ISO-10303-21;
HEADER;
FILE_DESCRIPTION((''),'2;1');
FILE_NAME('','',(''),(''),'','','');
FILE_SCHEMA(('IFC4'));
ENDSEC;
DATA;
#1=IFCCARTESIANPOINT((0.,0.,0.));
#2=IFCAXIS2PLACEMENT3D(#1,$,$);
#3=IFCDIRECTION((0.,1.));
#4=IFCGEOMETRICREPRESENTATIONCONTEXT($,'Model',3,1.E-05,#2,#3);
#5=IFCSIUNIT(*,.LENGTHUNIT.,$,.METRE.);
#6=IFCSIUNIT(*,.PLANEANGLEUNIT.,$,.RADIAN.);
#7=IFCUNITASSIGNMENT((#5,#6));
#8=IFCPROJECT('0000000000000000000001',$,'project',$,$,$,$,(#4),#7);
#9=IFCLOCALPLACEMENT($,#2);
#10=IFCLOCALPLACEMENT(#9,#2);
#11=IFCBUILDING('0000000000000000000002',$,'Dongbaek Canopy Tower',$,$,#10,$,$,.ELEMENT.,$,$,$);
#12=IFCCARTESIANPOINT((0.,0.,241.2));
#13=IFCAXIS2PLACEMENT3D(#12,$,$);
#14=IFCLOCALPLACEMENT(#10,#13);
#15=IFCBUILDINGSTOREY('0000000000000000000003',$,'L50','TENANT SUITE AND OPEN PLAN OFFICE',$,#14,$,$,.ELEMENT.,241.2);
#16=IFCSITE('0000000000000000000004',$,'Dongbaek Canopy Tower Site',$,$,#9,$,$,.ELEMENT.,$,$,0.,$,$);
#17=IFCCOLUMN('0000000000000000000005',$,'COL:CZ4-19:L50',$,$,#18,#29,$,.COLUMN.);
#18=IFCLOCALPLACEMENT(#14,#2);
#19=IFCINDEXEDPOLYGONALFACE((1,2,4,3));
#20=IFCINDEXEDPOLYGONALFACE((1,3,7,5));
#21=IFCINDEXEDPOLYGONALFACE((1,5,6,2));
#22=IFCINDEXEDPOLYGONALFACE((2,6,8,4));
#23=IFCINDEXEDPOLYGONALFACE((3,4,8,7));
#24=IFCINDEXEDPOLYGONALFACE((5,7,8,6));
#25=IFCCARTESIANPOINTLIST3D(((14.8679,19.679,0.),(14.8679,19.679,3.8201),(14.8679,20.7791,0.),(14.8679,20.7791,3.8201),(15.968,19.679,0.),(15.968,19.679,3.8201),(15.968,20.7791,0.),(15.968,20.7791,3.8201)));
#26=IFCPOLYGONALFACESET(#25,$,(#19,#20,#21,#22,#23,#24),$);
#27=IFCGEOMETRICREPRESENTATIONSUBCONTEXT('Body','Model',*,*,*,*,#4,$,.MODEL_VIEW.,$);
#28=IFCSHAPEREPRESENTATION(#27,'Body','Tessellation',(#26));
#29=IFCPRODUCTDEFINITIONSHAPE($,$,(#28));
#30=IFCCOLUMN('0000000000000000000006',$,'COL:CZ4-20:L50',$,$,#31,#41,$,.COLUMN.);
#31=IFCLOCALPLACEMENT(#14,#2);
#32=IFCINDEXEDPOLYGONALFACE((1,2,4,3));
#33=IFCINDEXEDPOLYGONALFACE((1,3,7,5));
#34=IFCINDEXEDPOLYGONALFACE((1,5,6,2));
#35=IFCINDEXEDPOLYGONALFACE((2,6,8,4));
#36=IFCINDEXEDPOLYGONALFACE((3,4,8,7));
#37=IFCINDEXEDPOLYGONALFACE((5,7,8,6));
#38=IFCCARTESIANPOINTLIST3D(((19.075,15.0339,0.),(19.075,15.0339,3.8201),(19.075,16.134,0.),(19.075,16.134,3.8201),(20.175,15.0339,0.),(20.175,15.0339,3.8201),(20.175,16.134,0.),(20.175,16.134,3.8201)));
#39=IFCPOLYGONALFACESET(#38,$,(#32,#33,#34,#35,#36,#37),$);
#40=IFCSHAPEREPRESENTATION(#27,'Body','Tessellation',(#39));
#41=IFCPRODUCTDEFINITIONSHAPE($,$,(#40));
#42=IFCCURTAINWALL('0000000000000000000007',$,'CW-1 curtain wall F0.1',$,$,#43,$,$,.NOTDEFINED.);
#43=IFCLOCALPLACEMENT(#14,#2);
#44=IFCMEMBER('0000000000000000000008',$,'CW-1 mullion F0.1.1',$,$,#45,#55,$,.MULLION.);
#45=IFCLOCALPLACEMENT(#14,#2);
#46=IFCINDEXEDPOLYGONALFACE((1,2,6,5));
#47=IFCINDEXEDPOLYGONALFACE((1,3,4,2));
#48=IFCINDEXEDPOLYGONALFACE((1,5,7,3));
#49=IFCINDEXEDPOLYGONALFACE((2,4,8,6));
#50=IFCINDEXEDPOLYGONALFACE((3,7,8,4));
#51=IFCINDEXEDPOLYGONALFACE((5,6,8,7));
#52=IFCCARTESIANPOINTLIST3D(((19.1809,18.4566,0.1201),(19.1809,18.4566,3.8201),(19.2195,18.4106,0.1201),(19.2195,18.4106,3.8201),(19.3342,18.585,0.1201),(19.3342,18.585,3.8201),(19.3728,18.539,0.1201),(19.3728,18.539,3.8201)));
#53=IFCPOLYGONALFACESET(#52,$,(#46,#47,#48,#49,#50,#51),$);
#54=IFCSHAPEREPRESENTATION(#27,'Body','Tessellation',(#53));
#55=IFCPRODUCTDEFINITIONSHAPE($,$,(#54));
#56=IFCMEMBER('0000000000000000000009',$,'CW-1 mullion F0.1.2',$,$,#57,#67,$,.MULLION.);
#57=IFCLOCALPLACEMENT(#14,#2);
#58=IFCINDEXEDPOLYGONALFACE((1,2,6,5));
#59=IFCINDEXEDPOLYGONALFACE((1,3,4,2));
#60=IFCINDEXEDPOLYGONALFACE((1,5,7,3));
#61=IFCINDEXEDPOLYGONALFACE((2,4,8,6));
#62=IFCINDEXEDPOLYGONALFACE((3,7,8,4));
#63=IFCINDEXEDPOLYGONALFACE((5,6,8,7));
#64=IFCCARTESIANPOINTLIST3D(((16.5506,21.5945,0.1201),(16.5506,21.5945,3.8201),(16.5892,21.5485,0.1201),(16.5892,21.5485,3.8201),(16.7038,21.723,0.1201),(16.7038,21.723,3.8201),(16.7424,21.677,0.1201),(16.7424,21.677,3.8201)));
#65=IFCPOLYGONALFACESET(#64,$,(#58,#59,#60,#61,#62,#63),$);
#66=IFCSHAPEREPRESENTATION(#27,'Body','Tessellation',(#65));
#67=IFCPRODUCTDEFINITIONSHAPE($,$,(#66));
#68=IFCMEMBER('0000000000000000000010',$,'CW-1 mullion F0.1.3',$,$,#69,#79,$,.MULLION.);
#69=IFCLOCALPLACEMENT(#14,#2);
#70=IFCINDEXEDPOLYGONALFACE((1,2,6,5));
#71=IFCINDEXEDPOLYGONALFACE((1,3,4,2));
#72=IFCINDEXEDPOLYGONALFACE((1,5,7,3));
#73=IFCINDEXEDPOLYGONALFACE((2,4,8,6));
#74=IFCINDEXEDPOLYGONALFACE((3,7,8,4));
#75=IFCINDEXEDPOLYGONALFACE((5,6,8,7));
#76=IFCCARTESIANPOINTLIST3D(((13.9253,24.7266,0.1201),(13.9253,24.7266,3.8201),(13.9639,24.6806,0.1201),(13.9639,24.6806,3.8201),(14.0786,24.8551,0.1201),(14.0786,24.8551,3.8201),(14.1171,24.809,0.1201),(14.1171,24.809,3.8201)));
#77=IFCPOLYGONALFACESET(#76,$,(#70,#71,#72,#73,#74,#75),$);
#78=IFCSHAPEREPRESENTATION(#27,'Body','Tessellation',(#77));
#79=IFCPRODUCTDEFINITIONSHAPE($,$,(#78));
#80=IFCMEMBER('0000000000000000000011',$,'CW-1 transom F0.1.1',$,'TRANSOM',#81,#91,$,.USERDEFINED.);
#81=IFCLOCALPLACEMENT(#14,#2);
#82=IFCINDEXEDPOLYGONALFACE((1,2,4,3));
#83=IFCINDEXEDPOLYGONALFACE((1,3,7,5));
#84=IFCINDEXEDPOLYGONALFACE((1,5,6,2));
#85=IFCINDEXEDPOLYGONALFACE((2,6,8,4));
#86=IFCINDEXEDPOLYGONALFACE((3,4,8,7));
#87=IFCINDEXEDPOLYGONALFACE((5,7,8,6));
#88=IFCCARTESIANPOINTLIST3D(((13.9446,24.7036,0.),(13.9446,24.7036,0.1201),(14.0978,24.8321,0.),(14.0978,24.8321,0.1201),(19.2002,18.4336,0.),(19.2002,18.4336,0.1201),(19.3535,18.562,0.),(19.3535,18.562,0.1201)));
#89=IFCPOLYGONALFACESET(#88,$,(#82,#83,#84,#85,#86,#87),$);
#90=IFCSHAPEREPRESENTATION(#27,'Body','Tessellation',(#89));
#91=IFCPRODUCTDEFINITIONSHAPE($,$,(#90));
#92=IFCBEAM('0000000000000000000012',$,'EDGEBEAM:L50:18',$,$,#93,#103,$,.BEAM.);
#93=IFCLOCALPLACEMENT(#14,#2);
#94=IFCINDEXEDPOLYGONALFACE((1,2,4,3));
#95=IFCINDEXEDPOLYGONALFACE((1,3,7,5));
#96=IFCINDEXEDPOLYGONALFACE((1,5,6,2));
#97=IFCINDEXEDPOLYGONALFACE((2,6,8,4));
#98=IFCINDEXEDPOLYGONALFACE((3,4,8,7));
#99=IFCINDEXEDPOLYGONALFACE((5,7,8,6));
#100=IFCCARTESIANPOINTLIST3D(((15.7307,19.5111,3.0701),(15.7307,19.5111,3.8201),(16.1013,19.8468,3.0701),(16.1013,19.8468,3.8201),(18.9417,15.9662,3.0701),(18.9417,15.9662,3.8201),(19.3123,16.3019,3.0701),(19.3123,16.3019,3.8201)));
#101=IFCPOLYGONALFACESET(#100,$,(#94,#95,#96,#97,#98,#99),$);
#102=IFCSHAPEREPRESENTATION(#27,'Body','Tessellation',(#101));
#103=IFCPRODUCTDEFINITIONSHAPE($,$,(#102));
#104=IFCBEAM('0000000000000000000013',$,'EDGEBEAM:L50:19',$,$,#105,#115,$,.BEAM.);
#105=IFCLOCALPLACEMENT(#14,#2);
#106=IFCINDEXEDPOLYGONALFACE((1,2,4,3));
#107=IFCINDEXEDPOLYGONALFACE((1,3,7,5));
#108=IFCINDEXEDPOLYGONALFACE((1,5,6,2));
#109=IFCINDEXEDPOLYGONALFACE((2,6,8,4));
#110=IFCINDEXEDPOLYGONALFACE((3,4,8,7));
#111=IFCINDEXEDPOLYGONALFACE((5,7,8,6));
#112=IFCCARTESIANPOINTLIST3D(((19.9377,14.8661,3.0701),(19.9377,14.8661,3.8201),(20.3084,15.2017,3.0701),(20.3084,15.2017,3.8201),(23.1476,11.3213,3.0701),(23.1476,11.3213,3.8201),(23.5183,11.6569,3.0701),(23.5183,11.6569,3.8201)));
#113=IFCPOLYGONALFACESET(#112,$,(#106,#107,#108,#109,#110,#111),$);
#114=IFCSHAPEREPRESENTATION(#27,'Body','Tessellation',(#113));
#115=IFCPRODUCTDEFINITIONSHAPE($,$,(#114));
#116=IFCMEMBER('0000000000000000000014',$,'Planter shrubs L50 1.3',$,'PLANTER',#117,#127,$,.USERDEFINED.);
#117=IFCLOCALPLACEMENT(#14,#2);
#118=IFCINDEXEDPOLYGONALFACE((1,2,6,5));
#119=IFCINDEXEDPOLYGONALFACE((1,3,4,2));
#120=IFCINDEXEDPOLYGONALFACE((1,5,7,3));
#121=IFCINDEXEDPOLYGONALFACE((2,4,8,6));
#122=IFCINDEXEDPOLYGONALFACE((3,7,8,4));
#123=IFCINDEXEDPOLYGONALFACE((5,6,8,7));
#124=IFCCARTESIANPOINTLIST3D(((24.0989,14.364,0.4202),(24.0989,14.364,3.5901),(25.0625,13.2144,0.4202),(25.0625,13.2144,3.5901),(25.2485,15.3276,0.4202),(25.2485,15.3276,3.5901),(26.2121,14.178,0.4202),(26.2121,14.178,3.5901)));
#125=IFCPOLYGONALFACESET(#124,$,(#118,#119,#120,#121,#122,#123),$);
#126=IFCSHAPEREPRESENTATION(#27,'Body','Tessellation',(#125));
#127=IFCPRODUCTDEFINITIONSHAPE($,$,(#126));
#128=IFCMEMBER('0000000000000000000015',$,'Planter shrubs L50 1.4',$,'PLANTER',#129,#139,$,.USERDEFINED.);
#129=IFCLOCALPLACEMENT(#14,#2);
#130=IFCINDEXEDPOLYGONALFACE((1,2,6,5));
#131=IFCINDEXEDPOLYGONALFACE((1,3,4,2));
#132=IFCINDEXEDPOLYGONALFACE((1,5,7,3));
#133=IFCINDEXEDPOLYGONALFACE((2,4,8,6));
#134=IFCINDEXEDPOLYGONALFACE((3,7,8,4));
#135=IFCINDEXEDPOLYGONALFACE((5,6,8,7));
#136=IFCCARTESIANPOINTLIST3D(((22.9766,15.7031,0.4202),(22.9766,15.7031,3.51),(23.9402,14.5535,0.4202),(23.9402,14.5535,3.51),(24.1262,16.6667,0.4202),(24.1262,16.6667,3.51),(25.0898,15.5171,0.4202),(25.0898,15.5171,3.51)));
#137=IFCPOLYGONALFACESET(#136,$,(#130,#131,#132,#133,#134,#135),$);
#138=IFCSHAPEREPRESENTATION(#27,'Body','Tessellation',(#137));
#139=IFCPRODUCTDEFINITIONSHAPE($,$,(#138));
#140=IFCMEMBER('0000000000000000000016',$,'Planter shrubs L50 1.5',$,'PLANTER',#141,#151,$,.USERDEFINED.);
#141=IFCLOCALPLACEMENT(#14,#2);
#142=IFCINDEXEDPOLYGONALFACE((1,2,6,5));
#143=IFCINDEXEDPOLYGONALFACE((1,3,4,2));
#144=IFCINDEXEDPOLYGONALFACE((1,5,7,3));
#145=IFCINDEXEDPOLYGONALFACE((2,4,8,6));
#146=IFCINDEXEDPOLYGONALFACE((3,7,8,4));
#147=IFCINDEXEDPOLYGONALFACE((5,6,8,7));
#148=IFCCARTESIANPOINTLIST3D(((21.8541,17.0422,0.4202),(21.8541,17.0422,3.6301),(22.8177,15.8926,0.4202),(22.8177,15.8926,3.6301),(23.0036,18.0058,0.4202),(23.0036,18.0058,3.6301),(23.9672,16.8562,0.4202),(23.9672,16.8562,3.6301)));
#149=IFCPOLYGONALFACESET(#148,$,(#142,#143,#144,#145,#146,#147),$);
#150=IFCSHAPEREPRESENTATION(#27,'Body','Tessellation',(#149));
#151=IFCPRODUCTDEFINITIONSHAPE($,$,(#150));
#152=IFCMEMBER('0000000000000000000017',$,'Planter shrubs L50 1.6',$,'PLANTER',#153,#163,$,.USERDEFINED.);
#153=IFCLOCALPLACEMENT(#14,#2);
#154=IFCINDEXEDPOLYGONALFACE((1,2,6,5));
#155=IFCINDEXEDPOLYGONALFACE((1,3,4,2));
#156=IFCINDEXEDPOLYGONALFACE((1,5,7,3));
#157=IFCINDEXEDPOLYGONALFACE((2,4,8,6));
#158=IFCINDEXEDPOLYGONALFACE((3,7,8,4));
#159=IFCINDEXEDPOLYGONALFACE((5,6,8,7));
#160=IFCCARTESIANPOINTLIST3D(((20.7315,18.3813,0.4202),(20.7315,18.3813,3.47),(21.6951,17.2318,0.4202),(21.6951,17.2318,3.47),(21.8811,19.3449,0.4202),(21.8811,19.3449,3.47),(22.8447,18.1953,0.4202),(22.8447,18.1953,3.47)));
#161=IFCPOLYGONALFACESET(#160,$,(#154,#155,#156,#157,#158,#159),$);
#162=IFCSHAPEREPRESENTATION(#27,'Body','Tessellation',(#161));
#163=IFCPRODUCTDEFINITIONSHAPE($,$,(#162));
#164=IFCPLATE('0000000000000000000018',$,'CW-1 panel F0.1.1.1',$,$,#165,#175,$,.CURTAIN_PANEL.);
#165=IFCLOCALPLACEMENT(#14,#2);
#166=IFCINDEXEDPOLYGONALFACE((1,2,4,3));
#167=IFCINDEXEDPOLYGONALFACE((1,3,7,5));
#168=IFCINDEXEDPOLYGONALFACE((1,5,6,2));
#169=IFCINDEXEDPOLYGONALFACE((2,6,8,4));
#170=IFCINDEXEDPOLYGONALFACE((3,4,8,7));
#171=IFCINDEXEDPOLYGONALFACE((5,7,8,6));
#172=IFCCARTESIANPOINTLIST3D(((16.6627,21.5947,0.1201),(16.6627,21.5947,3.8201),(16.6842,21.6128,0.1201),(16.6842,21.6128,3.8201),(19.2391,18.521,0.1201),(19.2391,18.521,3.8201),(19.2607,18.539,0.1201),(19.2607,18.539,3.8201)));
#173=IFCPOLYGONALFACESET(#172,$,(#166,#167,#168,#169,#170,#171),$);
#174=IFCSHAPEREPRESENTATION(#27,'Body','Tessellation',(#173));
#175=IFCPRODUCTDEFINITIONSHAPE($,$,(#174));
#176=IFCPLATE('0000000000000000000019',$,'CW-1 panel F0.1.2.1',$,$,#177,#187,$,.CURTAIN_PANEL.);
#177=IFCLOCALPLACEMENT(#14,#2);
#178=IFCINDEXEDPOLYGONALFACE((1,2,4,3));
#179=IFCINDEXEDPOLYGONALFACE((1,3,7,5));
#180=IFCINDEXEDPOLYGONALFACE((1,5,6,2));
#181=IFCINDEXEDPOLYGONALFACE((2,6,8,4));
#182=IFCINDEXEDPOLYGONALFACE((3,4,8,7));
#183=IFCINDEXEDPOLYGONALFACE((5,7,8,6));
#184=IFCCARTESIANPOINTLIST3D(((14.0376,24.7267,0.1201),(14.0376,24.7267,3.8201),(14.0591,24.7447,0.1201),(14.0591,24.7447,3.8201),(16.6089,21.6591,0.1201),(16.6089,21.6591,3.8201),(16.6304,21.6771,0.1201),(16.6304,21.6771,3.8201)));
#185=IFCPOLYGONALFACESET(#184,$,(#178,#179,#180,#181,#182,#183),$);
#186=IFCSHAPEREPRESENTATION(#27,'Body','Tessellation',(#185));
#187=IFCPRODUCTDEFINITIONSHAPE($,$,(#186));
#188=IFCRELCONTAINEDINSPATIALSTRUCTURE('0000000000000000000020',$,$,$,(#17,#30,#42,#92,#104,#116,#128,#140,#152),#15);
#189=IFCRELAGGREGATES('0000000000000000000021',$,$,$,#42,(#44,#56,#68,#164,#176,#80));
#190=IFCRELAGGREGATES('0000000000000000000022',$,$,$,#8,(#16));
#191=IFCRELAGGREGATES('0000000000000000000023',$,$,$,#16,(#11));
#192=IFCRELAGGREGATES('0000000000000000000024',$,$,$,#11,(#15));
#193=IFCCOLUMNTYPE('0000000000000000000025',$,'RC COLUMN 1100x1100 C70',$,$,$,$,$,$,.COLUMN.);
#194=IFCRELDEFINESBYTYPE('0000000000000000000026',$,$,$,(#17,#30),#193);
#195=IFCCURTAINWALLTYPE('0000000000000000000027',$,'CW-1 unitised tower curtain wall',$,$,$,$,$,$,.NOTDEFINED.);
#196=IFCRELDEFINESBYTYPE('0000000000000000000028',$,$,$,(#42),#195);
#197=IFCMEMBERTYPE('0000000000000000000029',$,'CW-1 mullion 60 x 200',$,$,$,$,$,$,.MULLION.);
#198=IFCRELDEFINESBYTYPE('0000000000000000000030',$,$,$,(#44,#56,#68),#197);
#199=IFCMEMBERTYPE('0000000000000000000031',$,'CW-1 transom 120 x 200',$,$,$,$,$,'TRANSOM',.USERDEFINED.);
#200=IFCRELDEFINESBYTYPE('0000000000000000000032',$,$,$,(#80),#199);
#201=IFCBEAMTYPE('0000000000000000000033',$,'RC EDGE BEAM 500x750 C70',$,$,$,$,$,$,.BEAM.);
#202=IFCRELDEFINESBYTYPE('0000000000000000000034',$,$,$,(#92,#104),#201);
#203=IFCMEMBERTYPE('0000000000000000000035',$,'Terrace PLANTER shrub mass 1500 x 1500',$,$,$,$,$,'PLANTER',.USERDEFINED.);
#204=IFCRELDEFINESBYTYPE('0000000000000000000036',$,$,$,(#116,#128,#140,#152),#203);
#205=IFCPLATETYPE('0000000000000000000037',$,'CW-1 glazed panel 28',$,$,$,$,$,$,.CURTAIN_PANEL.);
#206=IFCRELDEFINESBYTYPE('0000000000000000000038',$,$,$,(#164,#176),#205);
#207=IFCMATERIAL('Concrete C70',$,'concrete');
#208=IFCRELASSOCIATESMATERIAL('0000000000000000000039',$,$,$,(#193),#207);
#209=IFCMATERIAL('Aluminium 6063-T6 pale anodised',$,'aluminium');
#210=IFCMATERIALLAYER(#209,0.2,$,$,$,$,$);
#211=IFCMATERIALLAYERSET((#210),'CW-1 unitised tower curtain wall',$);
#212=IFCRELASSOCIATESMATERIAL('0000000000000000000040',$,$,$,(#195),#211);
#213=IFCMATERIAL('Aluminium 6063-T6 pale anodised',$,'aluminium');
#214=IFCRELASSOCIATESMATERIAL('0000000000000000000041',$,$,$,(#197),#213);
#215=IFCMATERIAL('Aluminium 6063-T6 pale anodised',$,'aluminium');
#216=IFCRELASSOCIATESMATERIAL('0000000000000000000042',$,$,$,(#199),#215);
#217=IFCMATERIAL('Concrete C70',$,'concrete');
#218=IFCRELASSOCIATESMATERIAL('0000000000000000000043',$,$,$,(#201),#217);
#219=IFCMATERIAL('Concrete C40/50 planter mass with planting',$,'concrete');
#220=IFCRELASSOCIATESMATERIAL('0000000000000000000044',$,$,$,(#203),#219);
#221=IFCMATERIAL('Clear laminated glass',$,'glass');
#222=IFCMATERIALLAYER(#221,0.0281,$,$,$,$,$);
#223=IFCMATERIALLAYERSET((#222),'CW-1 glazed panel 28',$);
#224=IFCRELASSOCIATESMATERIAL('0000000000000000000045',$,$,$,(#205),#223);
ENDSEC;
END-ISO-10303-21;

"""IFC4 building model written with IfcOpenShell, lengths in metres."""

from ifc_helpers import new_model, si_unit, direction, frame, origin, origin_2d, place, context, subcontext, project, spatial, rectangle, extrude, material, layer, layer_set, material_profile, profile_set, type_object, element, aggregate, save


model = new_model("IFC4")

# Units and contexts
model_context = context("Model", 3, precision=1e-05, world=origin(), true_north=direction((0.0, 1.0)))
body_context = subcontext(model_context, "Body", "Model", "MODEL_VIEW")
ifc_project = project(units=[si_unit("LENGTHUNIT", "METRE"), si_unit("PLANEANGLEUNIT", "RADIAN")], contexts=[model_context])

# Site, building, storey
site_placement = place(None, origin())
site = spatial("IfcSite", under=ifc_project, at=site_placement, Name="Dongbaek Canopy Tower Site", CompositionType="ELEMENT", RefElevation=0.0)
building_placement = place(site_placement, origin())
building = spatial("IfcBuilding", under=site, at=building_placement, Name="Dongbaek Canopy Tower", CompositionType="ELEMENT")
storey_placement = place(building_placement, frame((0.0, 0.0, 241.2)))
storey = spatial("IfcBuildingStorey", under=building, at=storey_placement, Name="L50", Description="TENANT SUITE AND OPEN PLAN OFFICE", CompositionType="ELEMENT", Elevation=241.2)

# Columns
ifc_material_1 = material(Name="Concrete C70", Category="concrete")
ifc_material_profile_1 = material_profile(ifc_material_1, rectangle(XDim=1.1001, YDim=1.1001, at=origin_2d()), Name="RC COLUMN 1100x1100 C70")
ifc_profile_set_1 = profile_set([ifc_material_profile_1], Name="Concrete C70")
column_type = type_object("IfcColumnType", Name="RC COLUMN 1100x1100 C70", PredefinedType="COLUMN", material=ifc_profile_set_1)
for number, where, z_axis, x_axis, name in (
    (1, (15.418, 20.229, 0.0), (0.0, 0.0, 1.0), (1.0, 0.0, 0.0), "COL:CZ4-19:L50"),
    (2, (19.625, 15.584, 0.0), (0.0, 0.0, 1.0), (1.0, 0.0, 0.0), "COL:CZ4-20:L50"),
):
    element("IfcColumn", number, at=place(storey_placement, frame(where, z_axis=z_axis, x_axis=x_axis)), inside=storey, type_object=column_type, Name=name, PredefinedType="COLUMN", context=body_context, shape_type="SweptSolid", body=[
        extrude(rectangle(XDim=1.1001, YDim=1.1001, at=origin_2d()), origin(), (0.0, 0.0, 1.0), 3.8201),
    ])

# Curtain wall, members
ifc_material_2 = material(Name="Aluminium 6063-T6 pale anodised", Category="aluminium")
ifc_layer_1 = layer(ifc_material_2, 0.2)
ifc_layer_set_1 = layer_set([ifc_layer_1], Name="CW-1 unitised tower curtain wall")
curtain_wall_type = type_object("IfcCurtainWallType", Name="CW-1 unitised tower curtain wall", PredefinedType="NOTDEFINED", material=ifc_layer_set_1)
curtain_wall_1_placement = place(storey_placement, origin())
curtain_wall_1 = element("IfcCurtainWall", 3, at=curtain_wall_1_placement, inside=storey, type_object=curtain_wall_type, Name="CW-1 curtain wall F0.1", PredefinedType="NOTDEFINED")
ifc_material_3 = material(Name="Aluminium 6063-T6 pale anodised", Category="aluminium")
ifc_material_profile_2 = material_profile(ifc_material_3, rectangle(XDim=0.2, YDim=0.0601, at=origin_2d()), Name="CW-1 mullion 60 x 200")
ifc_profile_set_2 = profile_set([ifc_material_profile_2], Name="Aluminium 6063-T6 pale anodised")
member_type_1 = type_object("IfcMemberType", Name="CW-1 mullion 60 x 200", PredefinedType="MULLION", material=ifc_profile_set_2)
member_1_placement = place(storey_placement, frame((19.2769, 18.4978, 0.1201), z_axis=(0.0, 0.0, 1.0), x_axis=(0.766375, 0.642393, 0.0)))
member_1 = element("IfcMember", 4, at=member_1_placement, type_object=member_type_1, Name="CW-1 mullion F0.1.1", PredefinedType="MULLION", context=body_context, shape_type="SweptSolid", body=[
    extrude(rectangle(XDim=0.2, YDim=0.0601, at=origin_2d()), origin(), (0.0, 0.0, 1.0), 3.7),
])
member_2_placement = place(storey_placement, frame((16.6465, 21.6357, 0.1201), z_axis=(0.0, 0.0, 1.0), x_axis=(0.766375, 0.642393, 0.0)))
member_2 = element("IfcMember", 5, at=member_2_placement, type_object=member_type_1, Name="CW-1 mullion F0.1.2", PredefinedType="MULLION", context=body_context, shape_type="SweptSolid", body=[
    extrude(rectangle(XDim=0.2, YDim=0.0601, at=origin_2d()), origin(), (0.0, 0.0, 1.0), 3.7),
])
member_3_placement = place(storey_placement, frame((14.0212, 24.7678, 0.1201), z_axis=(0.0, 0.0, 1.0), x_axis=(0.766375, 0.642393, 0.0)))
member_3 = element("IfcMember", 6, at=member_3_placement, type_object=member_type_1, Name="CW-1 mullion F0.1.3", PredefinedType="MULLION", context=body_context, shape_type="SweptSolid", body=[
    extrude(rectangle(XDim=0.2, YDim=0.0601, at=origin_2d()), origin(), (0.0, 0.0, 1.0), 3.7),
])
ifc_material_4 = material(Name="Aluminium 6063-T6 pale anodised", Category="aluminium")
ifc_material_profile_3 = material_profile(ifc_material_4, rectangle(XDim=0.2, YDim=0.1201, at=origin_2d()), Name="CW-1 transom 120 x 200")
ifc_profile_set_3 = profile_set([ifc_material_profile_3], Name="Aluminium 6063-T6 pale anodised")
member_type_2 = type_object("IfcMemberType", Name="CW-1 transom 120 x 200", ElementType="TRANSOM", PredefinedType="USERDEFINED", material=ifc_profile_set_3)
member_4_placement = place(storey_placement, frame((19.2769, 18.4978, 0.0601), z_axis=(-0.642389, 0.766379, 0.0), x_axis=(-0.766379, -0.642389, 0.0)))
member_4 = element("IfcMember", 7, at=member_4_placement, type_object=member_type_2, Name="CW-1 transom F0.1.1", ObjectType="TRANSOM", PredefinedType="USERDEFINED", context=body_context, shape_type="SweptSolid", body=[
    extrude(rectangle(XDim=0.2, YDim=0.1201, at=origin_2d()), origin(), (0.0, 0.0, 1.0), 8.1814),
])

# Beams
ifc_material_5 = material(Name="Concrete C70", Category="concrete")
ifc_material_profile_4 = material_profile(ifc_material_5, rectangle(XDim=0.5, YDim=0.75, at=origin_2d()), Name="RC EDGE BEAM 500x750 C70")
ifc_profile_set_4 = profile_set([ifc_material_profile_4], Name="Concrete C70")
beam_type = type_object("IfcBeamType", Name="RC EDGE BEAM 500x750 C70", PredefinedType="BEAM", material=ifc_profile_set_4)
beam_1_placement = place(storey_placement, frame((15.916, 19.679, 3.4451), z_axis=(0.67133, -0.741158, 0.0), x_axis=(0.741158, 0.67133, 0.0)))
element("IfcBeam", 8, at=beam_1_placement, inside=storey, type_object=beam_type, Name="EDGEBEAM:L50:18", PredefinedType="BEAM", context=body_context, shape_type="SweptSolid", body=[
    extrude(rectangle(XDim=0.5, YDim=0.75, at=origin_2d()), origin(), (0.0, 0.0, 1.0), 4.783),
])
beam_2_placement = place(storey_placement, frame((20.123, 15.0339, 3.4451), z_axis=(0.671218, -0.74126, 0.0), x_axis=(0.74126, 0.671218, 0.0)))
element("IfcBeam", 9, at=beam_2_placement, inside=storey, type_object=beam_type, Name="EDGEBEAM:L50:19", PredefinedType="BEAM", context=body_context, shape_type="SweptSolid", body=[
    extrude(rectangle(XDim=0.5, YDim=0.75, at=origin_2d()), origin(), (0.0, 0.0, 1.0), 4.7822),
])

# Members
ifc_material_6 = material(Name="Concrete C40/50 planter mass with planting", Category="concrete")
ifc_material_profile_5 = material_profile(ifc_material_6, rectangle(XDim=1.5, YDim=1.5, at=origin_2d()), Name="Terrace PLANTER shrub mass 1500 x 1500")
ifc_profile_set_5 = profile_set([ifc_material_profile_5], Name="Concrete C40/50 planter mass with planting")
member_type_3 = type_object("IfcMemberType", Name="Terrace PLANTER shrub mass 1500 x 1500", ElementType="PLANTER", PredefinedType="USERDEFINED", material=ifc_profile_set_5)
member_5_placement = place(storey_placement, frame((25.1555, 14.271, 0.4202), z_axis=(0.0, 0.0, 1.0), x_axis=(0.766375, 0.642393, 0.0)))
element("IfcMember", 10, at=member_5_placement, inside=storey, type_object=member_type_3, Name="Planter shrubs L50 1.3", ObjectType="PLANTER", PredefinedType="USERDEFINED", context=body_context, shape_type="SweptSolid", body=[
    extrude(rectangle(XDim=1.5, YDim=1.5, at=origin_2d()), origin(), (0.0, 0.0, 1.0), 3.1699),
])
member_6_placement = place(storey_placement, frame((24.0332, 15.6101, 0.4202), z_axis=(0.0, 0.0, 1.0), x_axis=(0.766375, 0.642393, 0.0)))
element("IfcMember", 11, at=member_6_placement, inside=storey, type_object=member_type_3, Name="Planter shrubs L50 1.4", ObjectType="PLANTER", PredefinedType="USERDEFINED", context=body_context, shape_type="SweptSolid", body=[
    extrude(rectangle(XDim=1.5, YDim=1.5, at=origin_2d()), origin(), (0.0, 0.0, 1.0), 3.0898),
])
member_7_placement = place(storey_placement, frame((22.9106, 16.9492, 0.4202), z_axis=(0.0, 0.0, 1.0), x_axis=(0.766375, 0.642393, 0.0)))
element("IfcMember", 12, at=member_7_placement, inside=storey, type_object=member_type_3, Name="Planter shrubs L50 1.5", ObjectType="PLANTER", PredefinedType="USERDEFINED", context=body_context, shape_type="SweptSolid", body=[
    extrude(rectangle(XDim=1.5, YDim=1.5, at=origin_2d()), origin(), (0.0, 0.0, 1.0), 3.21),
])
member_8_placement = place(storey_placement, frame((21.7881, 18.2883, 0.4202), z_axis=(0.0, 0.0, 1.0), x_axis=(0.766375, 0.642393, 0.0)))
element("IfcMember", 13, at=member_8_placement, inside=storey, type_object=member_type_3, Name="Planter shrubs L50 1.6", ObjectType="PLANTER", PredefinedType="USERDEFINED", context=body_context, shape_type="SweptSolid", body=[
    extrude(rectangle(XDim=1.5, YDim=1.5, at=origin_2d()), origin(), (0.0, 0.0, 1.0), 3.0498),
])

# Plates
ifc_material_7 = material(Name="Clear laminated glass", Category="glass")
ifc_layer_2 = layer(ifc_material_7, 0.0281)
ifc_layer_set_2 = layer_set([ifc_layer_2], Name="CW-1 glazed panel 28")
plate_type = type_object("IfcPlateType", Name="CW-1 glazed panel 28", PredefinedType="CURTAIN_PANEL", material=ifc_layer_set_2)
plate_1_placement = place(storey_placement, frame((17.9617, 20.0669, 0.1201), z_axis=(0.0, 0.0, 1.0), x_axis=(-0.642393, 0.766375, 0.0)))
plate_1 = element("IfcPlate", 14, at=plate_1_placement, type_object=plate_type, Name="CW-1 panel F0.1.1.1", PredefinedType="CURTAIN_PANEL", context=body_context, shape_type="SweptSolid", body=[
    extrude(rectangle(XDim=4.0107, YDim=0.0281, at=origin_2d()), origin(), (0.0, 0.0, 1.0), 3.7),
])
plate_2_placement = place(storey_placement, frame((15.334, 23.2019, 0.1201), z_axis=(0.0, 0.0, 1.0), x_axis=(-0.642393, 0.766375, 0.0)))
plate_2 = element("IfcPlate", 15, at=plate_2_placement, type_object=plate_type, Name="CW-1 panel F0.1.2.1", PredefinedType="CURTAIN_PANEL", context=body_context, shape_type="SweptSolid", body=[
    extrude(rectangle(XDim=4.0027, YDim=0.0281, at=origin_2d()), origin(), (0.0, 0.0, 1.0), 3.7),
])

aggregate(curtain_wall_1, [member_1, member_2, member_3, plate_1, plate_2, member_4])

save(model, "model.ifc")
